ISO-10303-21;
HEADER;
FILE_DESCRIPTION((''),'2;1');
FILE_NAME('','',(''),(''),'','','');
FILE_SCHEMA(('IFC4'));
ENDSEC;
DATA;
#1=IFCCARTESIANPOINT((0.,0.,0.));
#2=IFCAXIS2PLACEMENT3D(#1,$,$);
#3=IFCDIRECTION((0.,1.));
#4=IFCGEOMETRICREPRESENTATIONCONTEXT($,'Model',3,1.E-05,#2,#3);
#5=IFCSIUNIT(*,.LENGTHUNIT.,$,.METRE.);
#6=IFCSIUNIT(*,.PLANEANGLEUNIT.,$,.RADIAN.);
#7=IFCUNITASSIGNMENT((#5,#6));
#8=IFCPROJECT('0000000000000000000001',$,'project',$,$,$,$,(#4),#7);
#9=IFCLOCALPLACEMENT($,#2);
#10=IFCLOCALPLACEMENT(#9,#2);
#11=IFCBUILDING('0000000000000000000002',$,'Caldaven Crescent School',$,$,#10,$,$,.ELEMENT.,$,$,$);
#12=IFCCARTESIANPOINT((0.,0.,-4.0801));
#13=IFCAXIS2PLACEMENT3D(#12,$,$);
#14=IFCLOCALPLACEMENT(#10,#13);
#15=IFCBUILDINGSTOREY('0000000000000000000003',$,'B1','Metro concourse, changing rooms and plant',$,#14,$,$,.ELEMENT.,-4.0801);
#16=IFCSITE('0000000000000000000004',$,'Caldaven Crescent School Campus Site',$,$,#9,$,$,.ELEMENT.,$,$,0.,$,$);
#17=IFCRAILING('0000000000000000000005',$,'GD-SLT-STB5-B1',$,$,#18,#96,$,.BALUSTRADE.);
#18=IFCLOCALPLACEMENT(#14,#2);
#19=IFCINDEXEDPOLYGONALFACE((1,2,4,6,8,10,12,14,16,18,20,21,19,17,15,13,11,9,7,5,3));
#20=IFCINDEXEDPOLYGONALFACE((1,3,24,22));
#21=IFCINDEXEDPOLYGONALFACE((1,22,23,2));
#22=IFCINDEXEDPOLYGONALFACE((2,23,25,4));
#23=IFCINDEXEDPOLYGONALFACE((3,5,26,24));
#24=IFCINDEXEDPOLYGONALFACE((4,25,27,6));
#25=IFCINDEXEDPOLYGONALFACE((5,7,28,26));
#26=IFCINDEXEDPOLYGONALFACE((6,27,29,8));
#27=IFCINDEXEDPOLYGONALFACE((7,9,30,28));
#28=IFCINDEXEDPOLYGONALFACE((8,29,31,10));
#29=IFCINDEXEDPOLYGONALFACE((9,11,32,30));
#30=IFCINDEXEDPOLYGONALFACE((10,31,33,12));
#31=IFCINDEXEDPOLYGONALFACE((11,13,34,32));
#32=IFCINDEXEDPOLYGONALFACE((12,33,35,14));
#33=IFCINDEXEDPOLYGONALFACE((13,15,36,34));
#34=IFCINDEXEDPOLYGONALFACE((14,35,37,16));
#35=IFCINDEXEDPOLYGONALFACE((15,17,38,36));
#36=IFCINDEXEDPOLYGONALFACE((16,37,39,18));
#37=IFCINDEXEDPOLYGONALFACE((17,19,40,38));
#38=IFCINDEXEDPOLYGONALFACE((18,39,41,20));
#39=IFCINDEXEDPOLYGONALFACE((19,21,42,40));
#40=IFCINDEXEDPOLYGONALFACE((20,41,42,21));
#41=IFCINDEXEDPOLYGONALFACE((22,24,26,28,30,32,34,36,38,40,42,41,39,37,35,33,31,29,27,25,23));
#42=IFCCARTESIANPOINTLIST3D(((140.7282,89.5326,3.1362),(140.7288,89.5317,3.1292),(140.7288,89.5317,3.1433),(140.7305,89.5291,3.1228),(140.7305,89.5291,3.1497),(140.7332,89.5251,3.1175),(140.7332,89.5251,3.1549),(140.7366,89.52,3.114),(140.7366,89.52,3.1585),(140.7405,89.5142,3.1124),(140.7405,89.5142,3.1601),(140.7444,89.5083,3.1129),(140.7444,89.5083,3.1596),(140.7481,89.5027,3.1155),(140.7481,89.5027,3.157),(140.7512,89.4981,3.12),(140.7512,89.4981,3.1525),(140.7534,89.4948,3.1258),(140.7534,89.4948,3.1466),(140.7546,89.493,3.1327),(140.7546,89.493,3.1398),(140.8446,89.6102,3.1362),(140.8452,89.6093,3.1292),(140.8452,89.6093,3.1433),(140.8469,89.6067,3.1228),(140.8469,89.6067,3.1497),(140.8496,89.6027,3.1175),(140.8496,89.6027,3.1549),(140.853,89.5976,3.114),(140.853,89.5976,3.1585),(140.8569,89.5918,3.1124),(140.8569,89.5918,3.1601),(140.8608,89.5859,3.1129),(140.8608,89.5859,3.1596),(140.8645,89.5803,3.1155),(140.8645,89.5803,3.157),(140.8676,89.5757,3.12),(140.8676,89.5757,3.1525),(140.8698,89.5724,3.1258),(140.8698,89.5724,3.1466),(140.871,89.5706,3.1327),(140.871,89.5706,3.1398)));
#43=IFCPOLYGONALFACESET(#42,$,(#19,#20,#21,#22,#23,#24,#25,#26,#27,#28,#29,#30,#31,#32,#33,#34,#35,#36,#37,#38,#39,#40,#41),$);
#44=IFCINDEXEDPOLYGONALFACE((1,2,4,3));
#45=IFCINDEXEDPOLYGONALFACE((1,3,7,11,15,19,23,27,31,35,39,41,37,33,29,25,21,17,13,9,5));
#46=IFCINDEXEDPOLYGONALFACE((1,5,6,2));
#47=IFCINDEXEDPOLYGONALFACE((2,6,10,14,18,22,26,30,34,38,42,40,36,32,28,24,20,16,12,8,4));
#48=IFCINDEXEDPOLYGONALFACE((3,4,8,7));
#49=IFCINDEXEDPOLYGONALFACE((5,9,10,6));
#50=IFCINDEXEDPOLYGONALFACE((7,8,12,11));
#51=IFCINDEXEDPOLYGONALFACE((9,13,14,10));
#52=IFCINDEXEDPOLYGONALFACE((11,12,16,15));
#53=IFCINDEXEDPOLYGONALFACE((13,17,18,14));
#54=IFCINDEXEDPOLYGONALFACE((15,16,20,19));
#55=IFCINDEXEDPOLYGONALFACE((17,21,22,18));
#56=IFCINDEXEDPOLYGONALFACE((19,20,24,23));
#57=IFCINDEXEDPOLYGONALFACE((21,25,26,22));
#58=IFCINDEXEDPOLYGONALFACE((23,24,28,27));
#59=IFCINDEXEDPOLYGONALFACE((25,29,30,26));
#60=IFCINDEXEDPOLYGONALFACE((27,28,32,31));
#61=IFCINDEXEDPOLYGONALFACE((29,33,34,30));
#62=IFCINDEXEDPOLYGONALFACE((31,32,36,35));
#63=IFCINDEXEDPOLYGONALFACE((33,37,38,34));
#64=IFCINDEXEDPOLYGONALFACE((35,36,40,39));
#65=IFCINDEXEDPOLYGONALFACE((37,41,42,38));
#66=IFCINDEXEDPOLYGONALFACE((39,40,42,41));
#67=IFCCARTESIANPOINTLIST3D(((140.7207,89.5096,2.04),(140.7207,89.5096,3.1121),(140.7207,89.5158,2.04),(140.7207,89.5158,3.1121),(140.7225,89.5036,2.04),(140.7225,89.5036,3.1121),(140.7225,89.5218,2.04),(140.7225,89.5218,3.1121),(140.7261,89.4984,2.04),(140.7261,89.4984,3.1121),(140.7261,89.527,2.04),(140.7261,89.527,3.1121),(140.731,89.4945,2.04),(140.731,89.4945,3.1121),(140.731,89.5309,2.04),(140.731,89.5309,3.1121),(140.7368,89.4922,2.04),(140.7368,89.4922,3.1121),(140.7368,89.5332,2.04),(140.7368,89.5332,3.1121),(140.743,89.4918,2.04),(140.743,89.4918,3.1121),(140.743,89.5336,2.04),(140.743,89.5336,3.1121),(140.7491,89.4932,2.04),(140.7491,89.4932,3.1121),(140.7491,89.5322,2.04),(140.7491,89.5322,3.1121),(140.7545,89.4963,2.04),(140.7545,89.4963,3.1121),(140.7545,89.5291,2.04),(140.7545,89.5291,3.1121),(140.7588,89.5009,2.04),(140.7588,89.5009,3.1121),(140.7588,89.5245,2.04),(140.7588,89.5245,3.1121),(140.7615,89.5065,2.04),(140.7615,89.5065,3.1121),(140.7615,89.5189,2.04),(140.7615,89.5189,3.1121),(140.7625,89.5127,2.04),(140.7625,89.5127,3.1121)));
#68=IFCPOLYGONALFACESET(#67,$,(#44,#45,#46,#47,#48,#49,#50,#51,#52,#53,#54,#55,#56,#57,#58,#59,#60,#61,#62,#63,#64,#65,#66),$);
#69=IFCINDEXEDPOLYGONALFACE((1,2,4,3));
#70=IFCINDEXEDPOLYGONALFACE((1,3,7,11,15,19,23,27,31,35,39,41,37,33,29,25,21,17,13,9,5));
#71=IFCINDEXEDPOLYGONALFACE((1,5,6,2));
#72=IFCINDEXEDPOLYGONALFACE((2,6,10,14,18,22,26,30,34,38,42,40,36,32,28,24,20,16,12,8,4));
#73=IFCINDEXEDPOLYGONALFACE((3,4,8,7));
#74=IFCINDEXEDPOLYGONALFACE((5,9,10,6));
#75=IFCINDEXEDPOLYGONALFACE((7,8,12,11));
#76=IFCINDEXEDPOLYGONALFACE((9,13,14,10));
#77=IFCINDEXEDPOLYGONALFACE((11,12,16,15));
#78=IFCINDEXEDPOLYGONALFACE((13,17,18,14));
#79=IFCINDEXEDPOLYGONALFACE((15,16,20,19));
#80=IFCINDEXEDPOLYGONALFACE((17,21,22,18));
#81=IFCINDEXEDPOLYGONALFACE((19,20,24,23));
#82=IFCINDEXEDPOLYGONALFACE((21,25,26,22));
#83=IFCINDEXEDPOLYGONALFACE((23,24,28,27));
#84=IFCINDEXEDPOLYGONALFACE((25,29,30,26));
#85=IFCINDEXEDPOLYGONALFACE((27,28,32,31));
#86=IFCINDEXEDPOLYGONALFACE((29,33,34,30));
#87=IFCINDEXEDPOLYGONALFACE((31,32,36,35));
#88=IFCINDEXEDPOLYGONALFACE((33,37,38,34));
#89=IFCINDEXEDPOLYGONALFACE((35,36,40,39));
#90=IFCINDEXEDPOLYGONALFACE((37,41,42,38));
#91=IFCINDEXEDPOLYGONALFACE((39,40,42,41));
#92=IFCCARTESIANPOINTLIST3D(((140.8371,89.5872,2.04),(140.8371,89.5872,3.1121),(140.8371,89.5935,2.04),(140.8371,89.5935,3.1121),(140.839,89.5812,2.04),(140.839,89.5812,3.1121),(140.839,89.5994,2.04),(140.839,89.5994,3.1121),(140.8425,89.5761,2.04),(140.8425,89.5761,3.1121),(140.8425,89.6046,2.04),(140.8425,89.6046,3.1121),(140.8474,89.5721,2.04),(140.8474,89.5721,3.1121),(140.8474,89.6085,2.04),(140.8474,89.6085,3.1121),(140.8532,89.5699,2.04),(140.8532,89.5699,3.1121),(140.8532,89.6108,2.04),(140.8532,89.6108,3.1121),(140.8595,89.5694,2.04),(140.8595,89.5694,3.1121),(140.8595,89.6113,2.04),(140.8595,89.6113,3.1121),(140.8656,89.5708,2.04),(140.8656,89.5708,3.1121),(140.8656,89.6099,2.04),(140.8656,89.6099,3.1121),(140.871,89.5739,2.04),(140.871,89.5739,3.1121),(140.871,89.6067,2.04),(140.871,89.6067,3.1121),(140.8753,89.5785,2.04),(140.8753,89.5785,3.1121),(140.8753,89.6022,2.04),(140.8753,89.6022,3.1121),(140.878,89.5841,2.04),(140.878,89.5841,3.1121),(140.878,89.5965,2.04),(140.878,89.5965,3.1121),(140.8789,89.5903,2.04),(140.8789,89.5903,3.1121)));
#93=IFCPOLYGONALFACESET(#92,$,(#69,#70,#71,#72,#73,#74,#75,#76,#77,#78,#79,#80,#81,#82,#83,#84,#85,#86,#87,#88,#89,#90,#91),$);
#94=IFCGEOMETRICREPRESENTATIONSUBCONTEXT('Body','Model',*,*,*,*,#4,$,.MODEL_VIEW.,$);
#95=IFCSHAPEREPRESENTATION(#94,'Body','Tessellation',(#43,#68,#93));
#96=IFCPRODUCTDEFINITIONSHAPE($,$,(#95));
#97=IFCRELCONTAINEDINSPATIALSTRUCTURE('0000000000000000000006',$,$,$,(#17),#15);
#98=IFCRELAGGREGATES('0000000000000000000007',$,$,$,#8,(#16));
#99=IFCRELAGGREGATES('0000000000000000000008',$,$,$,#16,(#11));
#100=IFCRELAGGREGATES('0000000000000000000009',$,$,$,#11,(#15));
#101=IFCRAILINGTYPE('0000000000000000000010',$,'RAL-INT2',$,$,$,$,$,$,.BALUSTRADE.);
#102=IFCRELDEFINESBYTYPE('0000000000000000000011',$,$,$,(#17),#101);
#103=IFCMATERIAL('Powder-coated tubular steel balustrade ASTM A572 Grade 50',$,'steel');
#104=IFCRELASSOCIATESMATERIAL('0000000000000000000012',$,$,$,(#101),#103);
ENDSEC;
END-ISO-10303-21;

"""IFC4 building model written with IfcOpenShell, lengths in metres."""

from ifc_helpers import new_model, si_unit, direction, frame, origin, origin_2d, place, context, subcontext, project, spatial, circle, extrude, material, type_object, element, save


model = new_model("IFC4")

# Units and contexts
model_context = context("Model", 3, precision=1e-05, world=origin(), true_north=direction((0.0, 1.0)))
body_context = subcontext(model_context, "Body", "Model", "MODEL_VIEW")
ifc_project = project(units=[si_unit("LENGTHUNIT", "METRE"), si_unit("PLANEANGLEUNIT", "RADIAN")], contexts=[model_context])

# Site, building, storey
site_placement = place(None, origin())
site = spatial("IfcSite", under=ifc_project, at=site_placement, Name="Caldaven Crescent School Campus Site", CompositionType="ELEMENT", RefElevation=0.0)
building_placement = place(site_placement, origin())
building = spatial("IfcBuilding", under=site, at=building_placement, Name="Caldaven Crescent School", CompositionType="ELEMENT")
storey_placement = place(building_placement, frame((0.0, 0.0, -4.0801)))
storey = spatial("IfcBuildingStorey", under=building, at=storey_placement, Name="B1", Description="Metro concourse, changing rooms and plant", CompositionType="ELEMENT", Elevation=-4.0801)

# Railing
ifc_material_1 = material(Name="Powder-coated tubular steel balustrade ASTM A572 Grade 50", Category="steel")
railing_type = type_object("IfcRailingType", Name="RAL-INT2", PredefinedType="BALUSTRADE", material=ifc_material_1)
railing_1_placement = place(storey_placement, frame((140.7415, 89.5127, 2.04)))
element("IfcRailing", 1, at=railing_1_placement, inside=storey, type_object=railing_type, Name="GD-SLT-STB5-B1", PredefinedType="BALUSTRADE", context=body_context, shape_type="SweptSolid", body=[
    extrude(circle(Radius=0.0239, at=origin_2d()), frame((0.0, 0.0, 1.0962), z_axis=(0.83205, 0.5547, 0.0), x_axis=(-0.5547, 0.83205, 0.0)), (0.0, 0.0, 1.0), 0.1399),
    extrude(circle(Radius=0.021, at=origin_2d()), origin(), (0.0, 0.0, 1.0), 1.072),
    extrude(circle(Radius=0.021, at=origin_2d()), frame((0.1165, 0.0776, 0.0)), (0.0, 0.0, 1.0), 1.072),
])

save(model, "model.ifc")
